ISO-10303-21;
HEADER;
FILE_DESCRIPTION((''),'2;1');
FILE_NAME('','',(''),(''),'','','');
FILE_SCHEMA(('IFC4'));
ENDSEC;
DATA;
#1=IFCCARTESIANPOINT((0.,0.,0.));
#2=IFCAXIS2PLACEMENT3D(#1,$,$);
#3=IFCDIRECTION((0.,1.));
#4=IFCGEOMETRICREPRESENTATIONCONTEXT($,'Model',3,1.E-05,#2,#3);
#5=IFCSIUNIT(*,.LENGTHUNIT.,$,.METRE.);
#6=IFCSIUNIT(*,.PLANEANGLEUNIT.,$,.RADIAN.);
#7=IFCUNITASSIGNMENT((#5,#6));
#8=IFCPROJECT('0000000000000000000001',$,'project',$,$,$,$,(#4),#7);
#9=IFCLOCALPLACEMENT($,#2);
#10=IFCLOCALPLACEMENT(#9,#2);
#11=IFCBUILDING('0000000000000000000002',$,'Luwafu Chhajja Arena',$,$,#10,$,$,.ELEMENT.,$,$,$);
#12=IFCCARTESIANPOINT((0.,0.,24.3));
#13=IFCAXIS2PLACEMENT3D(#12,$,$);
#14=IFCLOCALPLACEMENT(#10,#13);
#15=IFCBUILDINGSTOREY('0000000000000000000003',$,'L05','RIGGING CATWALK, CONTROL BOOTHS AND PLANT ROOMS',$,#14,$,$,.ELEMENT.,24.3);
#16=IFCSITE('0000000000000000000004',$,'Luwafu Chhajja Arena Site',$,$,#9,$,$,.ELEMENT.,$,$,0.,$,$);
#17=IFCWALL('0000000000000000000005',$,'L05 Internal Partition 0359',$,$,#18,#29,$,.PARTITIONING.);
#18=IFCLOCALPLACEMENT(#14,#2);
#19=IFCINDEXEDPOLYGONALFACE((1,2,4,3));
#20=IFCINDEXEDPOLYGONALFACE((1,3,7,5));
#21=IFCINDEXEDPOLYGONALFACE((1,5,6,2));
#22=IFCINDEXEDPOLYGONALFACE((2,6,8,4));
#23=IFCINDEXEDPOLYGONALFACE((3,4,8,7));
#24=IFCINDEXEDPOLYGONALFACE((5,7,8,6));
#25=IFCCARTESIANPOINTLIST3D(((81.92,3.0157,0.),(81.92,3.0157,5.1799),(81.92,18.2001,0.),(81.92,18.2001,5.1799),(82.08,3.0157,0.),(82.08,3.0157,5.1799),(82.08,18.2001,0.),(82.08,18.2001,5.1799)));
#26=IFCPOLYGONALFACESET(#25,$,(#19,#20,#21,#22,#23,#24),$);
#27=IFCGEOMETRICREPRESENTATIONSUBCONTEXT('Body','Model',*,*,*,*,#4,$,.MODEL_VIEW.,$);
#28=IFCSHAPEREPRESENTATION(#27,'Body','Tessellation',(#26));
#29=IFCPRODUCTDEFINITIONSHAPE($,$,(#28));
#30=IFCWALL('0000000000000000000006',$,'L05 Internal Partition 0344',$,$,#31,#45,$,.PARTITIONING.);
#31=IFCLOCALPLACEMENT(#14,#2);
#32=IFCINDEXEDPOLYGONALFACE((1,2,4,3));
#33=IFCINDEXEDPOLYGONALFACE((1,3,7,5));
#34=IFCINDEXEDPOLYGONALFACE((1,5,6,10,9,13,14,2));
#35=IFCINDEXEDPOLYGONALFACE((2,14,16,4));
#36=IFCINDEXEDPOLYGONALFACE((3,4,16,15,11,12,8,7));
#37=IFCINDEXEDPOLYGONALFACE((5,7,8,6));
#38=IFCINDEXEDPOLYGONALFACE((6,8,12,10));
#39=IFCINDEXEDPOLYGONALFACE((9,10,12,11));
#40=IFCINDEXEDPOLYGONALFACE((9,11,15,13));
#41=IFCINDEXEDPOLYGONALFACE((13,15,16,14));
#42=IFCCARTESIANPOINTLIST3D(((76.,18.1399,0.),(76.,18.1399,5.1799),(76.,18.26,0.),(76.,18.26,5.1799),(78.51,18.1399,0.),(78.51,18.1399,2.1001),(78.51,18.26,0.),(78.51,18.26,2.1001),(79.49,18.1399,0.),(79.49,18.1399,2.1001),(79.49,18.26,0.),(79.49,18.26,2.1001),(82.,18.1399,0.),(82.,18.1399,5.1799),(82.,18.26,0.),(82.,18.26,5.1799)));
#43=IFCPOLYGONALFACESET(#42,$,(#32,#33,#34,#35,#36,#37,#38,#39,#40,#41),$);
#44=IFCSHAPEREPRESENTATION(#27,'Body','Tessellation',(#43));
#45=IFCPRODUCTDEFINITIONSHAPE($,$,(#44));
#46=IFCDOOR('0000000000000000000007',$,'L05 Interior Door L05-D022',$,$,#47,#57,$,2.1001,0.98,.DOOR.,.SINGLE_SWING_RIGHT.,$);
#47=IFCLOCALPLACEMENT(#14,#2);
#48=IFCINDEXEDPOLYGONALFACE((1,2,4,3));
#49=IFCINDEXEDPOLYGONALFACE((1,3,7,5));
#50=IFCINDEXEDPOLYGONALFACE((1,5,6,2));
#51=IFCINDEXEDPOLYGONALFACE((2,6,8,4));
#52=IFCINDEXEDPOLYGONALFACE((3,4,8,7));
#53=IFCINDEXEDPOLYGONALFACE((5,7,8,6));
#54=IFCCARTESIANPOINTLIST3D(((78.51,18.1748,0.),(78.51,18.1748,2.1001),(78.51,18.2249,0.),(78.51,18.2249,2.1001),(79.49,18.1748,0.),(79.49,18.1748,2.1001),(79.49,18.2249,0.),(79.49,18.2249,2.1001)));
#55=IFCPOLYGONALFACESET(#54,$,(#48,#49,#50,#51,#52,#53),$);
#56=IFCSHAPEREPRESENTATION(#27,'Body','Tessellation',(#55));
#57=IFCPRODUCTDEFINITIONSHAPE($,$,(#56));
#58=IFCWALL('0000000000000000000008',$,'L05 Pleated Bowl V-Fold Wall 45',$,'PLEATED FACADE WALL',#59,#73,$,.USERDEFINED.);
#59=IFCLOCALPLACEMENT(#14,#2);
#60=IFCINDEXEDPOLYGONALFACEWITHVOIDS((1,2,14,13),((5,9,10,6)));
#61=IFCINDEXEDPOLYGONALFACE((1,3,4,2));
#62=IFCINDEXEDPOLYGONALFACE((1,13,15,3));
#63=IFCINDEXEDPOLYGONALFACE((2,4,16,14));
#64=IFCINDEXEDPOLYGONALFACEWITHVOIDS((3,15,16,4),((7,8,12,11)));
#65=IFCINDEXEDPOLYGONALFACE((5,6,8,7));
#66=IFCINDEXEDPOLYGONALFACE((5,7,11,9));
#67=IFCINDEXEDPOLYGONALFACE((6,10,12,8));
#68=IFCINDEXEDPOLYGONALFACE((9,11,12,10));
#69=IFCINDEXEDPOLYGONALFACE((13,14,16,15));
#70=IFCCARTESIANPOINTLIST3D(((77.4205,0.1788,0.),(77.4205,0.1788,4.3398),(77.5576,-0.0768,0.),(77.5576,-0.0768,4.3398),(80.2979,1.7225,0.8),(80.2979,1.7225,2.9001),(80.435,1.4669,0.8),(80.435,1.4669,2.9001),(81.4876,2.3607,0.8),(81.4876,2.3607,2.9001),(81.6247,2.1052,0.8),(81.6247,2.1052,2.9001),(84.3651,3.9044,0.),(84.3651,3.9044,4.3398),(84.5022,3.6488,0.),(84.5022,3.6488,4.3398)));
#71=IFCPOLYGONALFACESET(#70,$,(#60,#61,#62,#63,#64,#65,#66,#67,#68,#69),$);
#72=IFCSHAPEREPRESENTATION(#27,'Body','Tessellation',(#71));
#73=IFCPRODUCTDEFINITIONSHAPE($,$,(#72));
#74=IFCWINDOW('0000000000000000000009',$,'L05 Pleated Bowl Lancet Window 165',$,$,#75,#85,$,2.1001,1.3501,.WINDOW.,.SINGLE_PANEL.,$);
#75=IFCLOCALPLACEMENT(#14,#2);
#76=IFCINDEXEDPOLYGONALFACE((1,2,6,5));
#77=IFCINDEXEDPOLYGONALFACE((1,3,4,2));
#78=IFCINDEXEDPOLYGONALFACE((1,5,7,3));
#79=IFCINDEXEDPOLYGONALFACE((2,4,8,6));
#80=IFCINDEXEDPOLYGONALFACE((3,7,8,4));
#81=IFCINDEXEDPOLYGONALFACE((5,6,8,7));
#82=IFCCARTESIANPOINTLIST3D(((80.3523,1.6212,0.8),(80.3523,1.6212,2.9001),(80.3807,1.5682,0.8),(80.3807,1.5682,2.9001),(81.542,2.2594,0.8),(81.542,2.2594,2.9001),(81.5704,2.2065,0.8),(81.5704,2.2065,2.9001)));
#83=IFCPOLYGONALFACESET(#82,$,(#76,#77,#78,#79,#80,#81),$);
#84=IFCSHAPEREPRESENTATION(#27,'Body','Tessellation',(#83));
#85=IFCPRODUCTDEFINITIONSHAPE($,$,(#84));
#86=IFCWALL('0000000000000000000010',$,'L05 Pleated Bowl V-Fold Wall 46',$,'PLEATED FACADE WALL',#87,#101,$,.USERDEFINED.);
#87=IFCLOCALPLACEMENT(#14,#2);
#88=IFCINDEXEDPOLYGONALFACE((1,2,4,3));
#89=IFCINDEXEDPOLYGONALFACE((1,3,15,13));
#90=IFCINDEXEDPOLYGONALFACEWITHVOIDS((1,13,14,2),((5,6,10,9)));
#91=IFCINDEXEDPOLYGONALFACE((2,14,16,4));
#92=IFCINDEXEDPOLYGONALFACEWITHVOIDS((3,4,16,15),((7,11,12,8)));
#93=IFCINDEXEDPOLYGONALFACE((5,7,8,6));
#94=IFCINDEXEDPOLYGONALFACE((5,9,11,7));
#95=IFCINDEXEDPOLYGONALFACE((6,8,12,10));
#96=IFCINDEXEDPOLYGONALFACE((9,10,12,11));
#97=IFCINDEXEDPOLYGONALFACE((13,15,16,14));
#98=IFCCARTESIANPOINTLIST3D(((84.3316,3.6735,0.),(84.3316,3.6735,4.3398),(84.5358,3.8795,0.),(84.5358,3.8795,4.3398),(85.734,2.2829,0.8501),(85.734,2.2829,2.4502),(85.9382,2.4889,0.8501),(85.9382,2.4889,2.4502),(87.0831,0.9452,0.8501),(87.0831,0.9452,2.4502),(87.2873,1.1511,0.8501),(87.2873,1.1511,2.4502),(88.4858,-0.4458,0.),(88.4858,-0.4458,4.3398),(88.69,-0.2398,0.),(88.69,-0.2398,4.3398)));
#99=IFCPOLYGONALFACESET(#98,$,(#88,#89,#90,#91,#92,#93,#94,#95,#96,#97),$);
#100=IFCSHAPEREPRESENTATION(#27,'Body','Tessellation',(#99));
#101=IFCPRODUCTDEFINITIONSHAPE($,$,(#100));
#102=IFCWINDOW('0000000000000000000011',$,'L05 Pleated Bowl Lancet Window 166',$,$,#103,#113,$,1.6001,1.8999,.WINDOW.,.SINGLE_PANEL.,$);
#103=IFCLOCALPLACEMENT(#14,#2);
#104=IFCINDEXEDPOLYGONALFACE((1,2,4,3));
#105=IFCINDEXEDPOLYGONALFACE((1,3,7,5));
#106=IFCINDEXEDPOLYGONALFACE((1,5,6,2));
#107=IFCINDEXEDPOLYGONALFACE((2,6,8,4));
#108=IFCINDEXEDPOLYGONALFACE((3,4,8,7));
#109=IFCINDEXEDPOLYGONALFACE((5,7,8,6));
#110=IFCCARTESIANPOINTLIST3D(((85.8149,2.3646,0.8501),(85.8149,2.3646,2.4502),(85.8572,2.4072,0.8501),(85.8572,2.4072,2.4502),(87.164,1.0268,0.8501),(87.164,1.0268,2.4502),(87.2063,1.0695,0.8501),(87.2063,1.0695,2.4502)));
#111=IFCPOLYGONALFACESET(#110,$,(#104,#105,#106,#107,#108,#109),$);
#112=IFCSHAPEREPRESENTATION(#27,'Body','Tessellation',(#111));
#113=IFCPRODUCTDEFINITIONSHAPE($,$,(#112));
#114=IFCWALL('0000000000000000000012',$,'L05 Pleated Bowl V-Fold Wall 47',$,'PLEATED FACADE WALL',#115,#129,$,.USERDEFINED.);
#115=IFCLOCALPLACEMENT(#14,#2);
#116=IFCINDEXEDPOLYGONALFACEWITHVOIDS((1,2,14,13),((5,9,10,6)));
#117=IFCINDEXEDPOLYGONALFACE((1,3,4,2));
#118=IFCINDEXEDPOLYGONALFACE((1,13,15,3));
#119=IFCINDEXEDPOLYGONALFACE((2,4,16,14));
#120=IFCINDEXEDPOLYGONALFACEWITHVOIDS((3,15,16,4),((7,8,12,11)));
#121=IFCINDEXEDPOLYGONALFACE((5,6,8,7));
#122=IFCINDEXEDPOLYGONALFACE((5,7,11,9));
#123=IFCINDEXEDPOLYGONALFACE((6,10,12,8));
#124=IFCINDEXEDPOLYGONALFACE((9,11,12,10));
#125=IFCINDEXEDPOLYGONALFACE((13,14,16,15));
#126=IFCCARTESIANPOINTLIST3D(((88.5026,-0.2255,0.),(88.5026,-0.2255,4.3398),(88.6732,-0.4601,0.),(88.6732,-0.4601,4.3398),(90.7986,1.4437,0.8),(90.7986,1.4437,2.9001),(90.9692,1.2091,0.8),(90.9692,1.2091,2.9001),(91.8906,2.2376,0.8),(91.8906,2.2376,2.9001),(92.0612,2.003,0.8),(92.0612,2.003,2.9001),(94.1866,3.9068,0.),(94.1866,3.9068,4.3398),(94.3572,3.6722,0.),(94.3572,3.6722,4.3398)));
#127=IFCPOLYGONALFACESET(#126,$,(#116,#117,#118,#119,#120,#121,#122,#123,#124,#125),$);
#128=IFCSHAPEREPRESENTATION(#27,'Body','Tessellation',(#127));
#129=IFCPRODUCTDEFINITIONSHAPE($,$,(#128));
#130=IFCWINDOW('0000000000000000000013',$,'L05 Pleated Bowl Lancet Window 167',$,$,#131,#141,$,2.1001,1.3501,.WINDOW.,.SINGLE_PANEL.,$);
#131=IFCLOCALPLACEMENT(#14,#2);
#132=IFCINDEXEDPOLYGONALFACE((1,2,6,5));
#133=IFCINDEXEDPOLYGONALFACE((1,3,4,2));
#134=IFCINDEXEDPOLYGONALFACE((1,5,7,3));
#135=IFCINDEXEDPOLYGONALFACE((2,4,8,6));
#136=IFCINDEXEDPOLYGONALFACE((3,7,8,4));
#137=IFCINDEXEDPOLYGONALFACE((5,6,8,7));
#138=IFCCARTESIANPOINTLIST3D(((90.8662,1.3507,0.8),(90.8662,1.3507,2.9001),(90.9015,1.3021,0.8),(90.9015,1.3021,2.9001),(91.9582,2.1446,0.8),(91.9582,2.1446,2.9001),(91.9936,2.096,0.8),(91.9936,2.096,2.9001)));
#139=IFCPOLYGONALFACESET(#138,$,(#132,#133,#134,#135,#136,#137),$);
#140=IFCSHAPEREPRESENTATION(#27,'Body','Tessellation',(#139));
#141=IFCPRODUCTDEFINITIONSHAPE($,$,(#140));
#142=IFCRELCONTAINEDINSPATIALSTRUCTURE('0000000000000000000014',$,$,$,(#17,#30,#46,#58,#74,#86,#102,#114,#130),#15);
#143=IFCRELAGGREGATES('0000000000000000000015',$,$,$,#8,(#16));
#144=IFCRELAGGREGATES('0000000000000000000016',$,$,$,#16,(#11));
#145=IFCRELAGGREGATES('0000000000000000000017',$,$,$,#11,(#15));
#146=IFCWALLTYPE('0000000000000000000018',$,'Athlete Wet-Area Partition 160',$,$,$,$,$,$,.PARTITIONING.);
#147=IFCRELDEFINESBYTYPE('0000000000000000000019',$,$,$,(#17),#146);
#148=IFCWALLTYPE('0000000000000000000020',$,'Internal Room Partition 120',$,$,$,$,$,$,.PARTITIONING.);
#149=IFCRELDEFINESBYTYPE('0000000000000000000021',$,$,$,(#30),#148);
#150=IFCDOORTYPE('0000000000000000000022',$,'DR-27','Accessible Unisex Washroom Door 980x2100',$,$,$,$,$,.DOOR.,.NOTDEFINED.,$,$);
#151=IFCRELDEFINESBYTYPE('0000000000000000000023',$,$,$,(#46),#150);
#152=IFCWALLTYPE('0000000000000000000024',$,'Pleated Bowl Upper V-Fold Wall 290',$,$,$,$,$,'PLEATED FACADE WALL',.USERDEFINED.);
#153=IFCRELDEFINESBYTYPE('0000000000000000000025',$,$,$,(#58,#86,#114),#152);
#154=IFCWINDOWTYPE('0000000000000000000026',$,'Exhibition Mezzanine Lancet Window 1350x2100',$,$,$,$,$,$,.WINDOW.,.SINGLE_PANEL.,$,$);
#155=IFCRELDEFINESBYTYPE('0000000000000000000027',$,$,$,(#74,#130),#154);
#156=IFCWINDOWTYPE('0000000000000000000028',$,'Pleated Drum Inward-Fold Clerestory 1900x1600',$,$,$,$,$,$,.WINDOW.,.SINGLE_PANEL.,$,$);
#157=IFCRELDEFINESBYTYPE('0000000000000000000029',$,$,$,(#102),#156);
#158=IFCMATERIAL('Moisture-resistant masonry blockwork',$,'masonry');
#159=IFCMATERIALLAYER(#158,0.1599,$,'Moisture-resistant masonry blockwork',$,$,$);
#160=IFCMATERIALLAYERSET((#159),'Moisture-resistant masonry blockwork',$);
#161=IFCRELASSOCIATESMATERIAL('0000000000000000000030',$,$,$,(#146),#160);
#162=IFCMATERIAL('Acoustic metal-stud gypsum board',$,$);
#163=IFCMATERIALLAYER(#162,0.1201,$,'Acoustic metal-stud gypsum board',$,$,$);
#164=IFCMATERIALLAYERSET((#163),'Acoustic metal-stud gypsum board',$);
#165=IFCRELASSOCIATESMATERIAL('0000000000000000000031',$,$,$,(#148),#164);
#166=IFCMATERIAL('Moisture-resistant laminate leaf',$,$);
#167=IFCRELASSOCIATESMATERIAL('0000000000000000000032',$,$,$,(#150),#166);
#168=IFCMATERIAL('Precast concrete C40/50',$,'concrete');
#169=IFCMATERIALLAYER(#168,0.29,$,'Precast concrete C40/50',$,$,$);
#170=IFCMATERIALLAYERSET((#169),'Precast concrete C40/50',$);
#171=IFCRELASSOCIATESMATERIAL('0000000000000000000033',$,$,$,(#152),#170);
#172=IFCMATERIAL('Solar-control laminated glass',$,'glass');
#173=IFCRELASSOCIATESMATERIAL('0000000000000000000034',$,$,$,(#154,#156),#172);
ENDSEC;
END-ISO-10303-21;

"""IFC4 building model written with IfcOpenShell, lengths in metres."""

from ifc_helpers import new_model, si_unit, direction, frame, frame_2d, origin, place, context, subcontext, project, spatial, rectangle, extrude, material, layer, layer_set, type_object, element, fill, save


model = new_model("IFC4")

# Units and contexts
model_context = context("Model", 3, precision=1e-05, world=origin(), true_north=direction((0.0, 1.0)))
body_context = subcontext(model_context, "Body", "Model", "MODEL_VIEW")
ifc_project = project(units=[si_unit("LENGTHUNIT", "METRE"), si_unit("PLANEANGLEUNIT", "RADIAN")], contexts=[model_context])

# Site, building, storey
site_placement = place(None, origin())
site = spatial("IfcSite", under=ifc_project, at=site_placement, Name="Luwafu Chhajja Arena Site", CompositionType="ELEMENT", RefElevation=0.0)
building_placement = place(site_placement, origin())
building = spatial("IfcBuilding", under=site, at=building_placement, Name="Luwafu Chhajja Arena", CompositionType="ELEMENT")
storey_placement = place(building_placement, frame((0.0, 0.0, 24.3)))
storey = spatial("IfcBuildingStorey", under=building, at=storey_placement, Name="L05", Description="RIGGING CATWALK, CONTROL BOOTHS AND PLANT ROOMS", CompositionType="ELEMENT", Elevation=24.3)

# Wall
ifc_material_1 = material(Name="Moisture-resistant masonry blockwork", Category="masonry")
ifc_layer_1 = layer(ifc_material_1, 0.1599, Name="Moisture-resistant masonry blockwork")
ifc_layer_set_1 = layer_set([ifc_layer_1], Name="Moisture-resistant masonry blockwork")
wall_type_1 = type_object("IfcWallType", Name="Athlete Wet-Area Partition 160", PredefinedType="PARTITIONING", material=ifc_layer_set_1)
wall_1_placement = place(storey_placement, frame((82.0, 3.0156, 0.0), z_axis=(0.0, 0.0, 1.0), x_axis=(0.0, 1.0, 0.0)))
element("IfcWall", 1, at=wall_1_placement, inside=storey, type_object=wall_type_1, Name="L05 Internal Partition 0359", PredefinedType="PARTITIONING", context=body_context, shape_type="SweptSolid", body=[
    extrude(rectangle(XDim=15.1843, YDim=0.1599, at=frame_2d((7.5923, 0.0))), origin(), (0.0, 0.0, 1.0), 5.1799),
])

# Wall, opening, door
ifc_material_2 = material(Name="Acoustic metal-stud gypsum board")
ifc_layer_2 = layer(ifc_material_2, 0.1201, Name="Acoustic metal-stud gypsum board")
ifc_layer_set_2 = layer_set([ifc_layer_2], Name="Acoustic metal-stud gypsum board")
wall_type_2 = type_object("IfcWallType", Name="Internal Room Partition 120", PredefinedType="PARTITIONING", material=ifc_layer_set_2)
wall_2_placement = place(storey_placement, frame((76.0, 18.2, 0.0), z_axis=(0.0, 0.0, 1.0), x_axis=(1.0, 0.0, 0.0)))
wall_2 = element("IfcWall", 2, at=wall_2_placement, inside=storey, type_object=wall_type_2, Name="L05 Internal Partition 0344", PredefinedType="PARTITIONING", context=body_context, shape_type="SweptSolid", body=[
    extrude(rectangle(XDim=6.0, YDim=0.1201, at=frame_2d((3.0, 0.0))), origin(), (0.0, 0.0, 1.0), 5.1799),
])
opening_1_placement = place(wall_2_placement, frame((2.51, 0.0, 0.0)))
opening_1 = element("IfcOpeningElement", 3, at=opening_1_placement, cuts=wall_2, PredefinedType="OPENING", context=body_context, shape_type="SweptSolid", body=[
    extrude(rectangle(XDim=0.98, YDim=2.1001, at=frame_2d((0.49, 1.05))), frame((0.0, 0.0701, 0.0), z_axis=(0.0, -1.0, 0.0), x_axis=(1.0, 0.0, 0.0)), (0.0, 0.0, 1.0), 0.1401),
])
ifc_material_3 = material(Name="Moisture-resistant laminate leaf")
door_type_1 = type_object("IfcDoorType", Name="DR-27", Description="Accessible Unisex Washroom Door 980x2100", OperationType="NOTDEFINED", PredefinedType="DOOR", material=ifc_material_3)
door_1_placement = place(opening_1_placement, origin())
door_1 = element("IfcDoor", 4, at=door_1_placement, inside=storey, type_object=door_type_1, Name="L05 Interior Door L05-D022", OperationType="SINGLE_SWING_RIGHT", OverallHeight=2.1001, OverallWidth=0.98, PredefinedType="DOOR", context=body_context, shape_type="SweptSolid", body=[
    extrude(rectangle(XDim=0.98, YDim=2.1001, at=frame_2d((0.49, 1.05))), frame((0.0, 0.0249, 0.0), z_axis=(0.0, -1.0, 0.0), x_axis=(1.0, 0.0, 0.0)), (0.0, 0.0, 1.0), 0.05),
])
fill(opening_1, door_1)

# Walls, openings, windows
ifc_material_4 = material(Name="Precast concrete C40/50", Category="concrete")
ifc_layer_3 = layer(ifc_material_4, 0.29, Name="Precast concrete C40/50")
ifc_layer_set_3 = layer_set([ifc_layer_3], Name="Precast concrete C40/50")
wall_type_3 = type_object("IfcWallType", Name="Pleated Bowl Upper V-Fold Wall 290", ElementType="PLEATED FACADE WALL", PredefinedType="USERDEFINED", material=ifc_layer_set_3)
wall_3_placement = place(storey_placement, frame((77.489, 0.051, 0.0), z_axis=(0.0, 0.0, 1.0), x_axis=(0.881201, 0.472741, 0.0)))
wall_3 = element("IfcWall", 5, at=wall_3_placement, inside=storey, type_object=wall_type_3, Name="L05 Pleated Bowl V-Fold Wall 45", ObjectType="PLEATED FACADE WALL", PredefinedType="USERDEFINED", context=body_context, shape_type="SweptSolid", body=[
    extrude(rectangle(XDim=7.8809, YDim=0.29, at=frame_2d((3.9404, 0.0))), origin(), (0.0, 0.0, 1.0), 4.3398),
])
opening_2_placement = place(wall_3_placement, frame((3.2654, 0.0, 0.8)))
opening_2 = element("IfcOpeningElement", 6, at=opening_2_placement, cuts=wall_3, PredefinedType="OPENING", context=body_context, shape_type="SweptSolid", body=[
    extrude(rectangle(XDim=1.3501, YDim=2.1001, at=frame_2d((0.675, 1.05))), frame((0.0, 0.155, 0.0), z_axis=(0.0, -1.0, 0.0), x_axis=(1.0, 0.0, 0.0)), (0.0, 0.0, 1.0), 0.3101),
])
ifc_material_5 = material(Name="Solar-control laminated glass", Category="glass")
window_type_1 = type_object("IfcWindowType", Name="Exhibition Mezzanine Lancet Window 1350x2100", PartitioningType="SINGLE_PANEL", PredefinedType="WINDOW", material=ifc_material_5)
window_1_placement = place(opening_2_placement, origin())
window_1 = element("IfcWindow", 7, at=window_1_placement, inside=storey, type_object=window_type_1, Name="L05 Pleated Bowl Lancet Window 165", OverallHeight=2.1001, OverallWidth=1.3501, PartitioningType="SINGLE_PANEL", PredefinedType="WINDOW", context=body_context, shape_type="SweptSolid", body=[
    extrude(rectangle(XDim=1.3501, YDim=2.1001, at=frame_2d((0.675, 1.05))), frame((0.0, 0.03, 0.0), z_axis=(0.0, -1.0, 0.0), x_axis=(1.0, 0.0, 0.0)), (0.0, 0.0, 1.0), 0.0601),
])
fill(opening_2, window_1)
wall_4_placement = place(storey_placement, frame((84.4336, 3.7766, 0.0), z_axis=(0.0, 0.0, 1.0), x_axis=(0.710084, -0.704117, 0.0)))
wall_4 = element("IfcWall", 8, at=wall_4_placement, inside=storey, type_object=wall_type_3, Name="L05 Pleated Bowl V-Fold Wall 46", ObjectType="PLEATED FACADE WALL", PredefinedType="USERDEFINED", context=body_context, shape_type="SweptSolid", body=[
    extrude(rectangle(XDim=5.8503, YDim=0.29, at=frame_2d((2.9253, 0.0))), origin(), (0.0, 0.0, 1.0), 4.3398),
])
opening_3_placement = place(wall_4_placement, frame((1.9751, 0.0, 0.8501)))
opening_3 = element("IfcOpeningElement", 9, at=opening_3_placement, cuts=wall_4, PredefinedType="OPENING", context=body_context, shape_type="SweptSolid", body=[
    extrude(rectangle(XDim=1.8999, YDim=1.6001, at=frame_2d((0.95, 0.8))), frame((0.0, 0.155, 0.0), z_axis=(0.0, -1.0, 0.0), x_axis=(1.0, 0.0, 0.0)), (0.0, 0.0, 1.0), 0.3101),
])
window_type_2 = type_object("IfcWindowType", Name="Pleated Drum Inward-Fold Clerestory 1900x1600", PartitioningType="SINGLE_PANEL", PredefinedType="WINDOW", material=ifc_material_5)
window_2_placement = place(opening_3_placement, origin())
window_2 = element("IfcWindow", 10, at=window_2_placement, inside=storey, type_object=window_type_2, Name="L05 Pleated Bowl Lancet Window 166", OverallHeight=1.6001, OverallWidth=1.8999, PartitioningType="SINGLE_PANEL", PredefinedType="WINDOW", context=body_context, shape_type="SweptSolid", body=[
    extrude(rectangle(XDim=1.8999, YDim=1.6001, at=frame_2d((0.95, 0.8))), frame((0.0, 0.03, 0.0), z_axis=(0.0, -1.0, 0.0), x_axis=(1.0, 0.0, 0.0)), (0.0, 0.0, 1.0), 0.0601),
])
fill(opening_3, window_2)
wall_5_placement = place(storey_placement, frame((88.5879, -0.3428, 0.0), z_axis=(0.0, 0.0, 1.0), x_axis=(0.808841, 0.588027, 0.0)))
wall_5 = element("IfcWall", 11, at=wall_5_placement, inside=storey, type_object=wall_type_3, Name="L05 Pleated Bowl V-Fold Wall 47", ObjectType="PLEATED FACADE WALL", PredefinedType="USERDEFINED", context=body_context, shape_type="SweptSolid", body=[
    extrude(rectangle(XDim=7.0273, YDim=0.29, at=frame_2d((3.5137, 0.0))), origin(), (0.0, 0.0, 1.0), 4.3398),
])
opening_4_placement = place(wall_5_placement, frame((2.8386, 0.0, 0.8)))
opening_4 = element("IfcOpeningElement", 12, at=opening_4_placement, cuts=wall_5, PredefinedType="OPENING", context=body_context, shape_type="SweptSolid", body=[
    extrude(rectangle(XDim=1.3501, YDim=2.1001, at=frame_2d((0.675, 1.05))), frame((0.0, 0.155, 0.0), z_axis=(0.0, -1.0, 0.0), x_axis=(1.0, 0.0, 0.0)), (0.0, 0.0, 1.0), 0.3101),
])
window_3_placement = place(opening_4_placement, origin())
window_3 = element("IfcWindow", 13, at=window_3_placement, inside=storey, type_object=window_type_1, Name="L05 Pleated Bowl Lancet Window 167", OverallHeight=2.1001, OverallWidth=1.3501, PartitioningType="SINGLE_PANEL", PredefinedType="WINDOW", context=body_context, shape_type="SweptSolid", body=[
    extrude(rectangle(XDim=1.3501, YDim=2.1001, at=frame_2d((0.675, 1.05))), frame((0.0, 0.03, 0.0), z_axis=(0.0, -1.0, 0.0), x_axis=(1.0, 0.0, 0.0)), (0.0, 0.0, 1.0), 0.0601),
])
fill(opening_4, window_3)

save(model, "model.ifc")
